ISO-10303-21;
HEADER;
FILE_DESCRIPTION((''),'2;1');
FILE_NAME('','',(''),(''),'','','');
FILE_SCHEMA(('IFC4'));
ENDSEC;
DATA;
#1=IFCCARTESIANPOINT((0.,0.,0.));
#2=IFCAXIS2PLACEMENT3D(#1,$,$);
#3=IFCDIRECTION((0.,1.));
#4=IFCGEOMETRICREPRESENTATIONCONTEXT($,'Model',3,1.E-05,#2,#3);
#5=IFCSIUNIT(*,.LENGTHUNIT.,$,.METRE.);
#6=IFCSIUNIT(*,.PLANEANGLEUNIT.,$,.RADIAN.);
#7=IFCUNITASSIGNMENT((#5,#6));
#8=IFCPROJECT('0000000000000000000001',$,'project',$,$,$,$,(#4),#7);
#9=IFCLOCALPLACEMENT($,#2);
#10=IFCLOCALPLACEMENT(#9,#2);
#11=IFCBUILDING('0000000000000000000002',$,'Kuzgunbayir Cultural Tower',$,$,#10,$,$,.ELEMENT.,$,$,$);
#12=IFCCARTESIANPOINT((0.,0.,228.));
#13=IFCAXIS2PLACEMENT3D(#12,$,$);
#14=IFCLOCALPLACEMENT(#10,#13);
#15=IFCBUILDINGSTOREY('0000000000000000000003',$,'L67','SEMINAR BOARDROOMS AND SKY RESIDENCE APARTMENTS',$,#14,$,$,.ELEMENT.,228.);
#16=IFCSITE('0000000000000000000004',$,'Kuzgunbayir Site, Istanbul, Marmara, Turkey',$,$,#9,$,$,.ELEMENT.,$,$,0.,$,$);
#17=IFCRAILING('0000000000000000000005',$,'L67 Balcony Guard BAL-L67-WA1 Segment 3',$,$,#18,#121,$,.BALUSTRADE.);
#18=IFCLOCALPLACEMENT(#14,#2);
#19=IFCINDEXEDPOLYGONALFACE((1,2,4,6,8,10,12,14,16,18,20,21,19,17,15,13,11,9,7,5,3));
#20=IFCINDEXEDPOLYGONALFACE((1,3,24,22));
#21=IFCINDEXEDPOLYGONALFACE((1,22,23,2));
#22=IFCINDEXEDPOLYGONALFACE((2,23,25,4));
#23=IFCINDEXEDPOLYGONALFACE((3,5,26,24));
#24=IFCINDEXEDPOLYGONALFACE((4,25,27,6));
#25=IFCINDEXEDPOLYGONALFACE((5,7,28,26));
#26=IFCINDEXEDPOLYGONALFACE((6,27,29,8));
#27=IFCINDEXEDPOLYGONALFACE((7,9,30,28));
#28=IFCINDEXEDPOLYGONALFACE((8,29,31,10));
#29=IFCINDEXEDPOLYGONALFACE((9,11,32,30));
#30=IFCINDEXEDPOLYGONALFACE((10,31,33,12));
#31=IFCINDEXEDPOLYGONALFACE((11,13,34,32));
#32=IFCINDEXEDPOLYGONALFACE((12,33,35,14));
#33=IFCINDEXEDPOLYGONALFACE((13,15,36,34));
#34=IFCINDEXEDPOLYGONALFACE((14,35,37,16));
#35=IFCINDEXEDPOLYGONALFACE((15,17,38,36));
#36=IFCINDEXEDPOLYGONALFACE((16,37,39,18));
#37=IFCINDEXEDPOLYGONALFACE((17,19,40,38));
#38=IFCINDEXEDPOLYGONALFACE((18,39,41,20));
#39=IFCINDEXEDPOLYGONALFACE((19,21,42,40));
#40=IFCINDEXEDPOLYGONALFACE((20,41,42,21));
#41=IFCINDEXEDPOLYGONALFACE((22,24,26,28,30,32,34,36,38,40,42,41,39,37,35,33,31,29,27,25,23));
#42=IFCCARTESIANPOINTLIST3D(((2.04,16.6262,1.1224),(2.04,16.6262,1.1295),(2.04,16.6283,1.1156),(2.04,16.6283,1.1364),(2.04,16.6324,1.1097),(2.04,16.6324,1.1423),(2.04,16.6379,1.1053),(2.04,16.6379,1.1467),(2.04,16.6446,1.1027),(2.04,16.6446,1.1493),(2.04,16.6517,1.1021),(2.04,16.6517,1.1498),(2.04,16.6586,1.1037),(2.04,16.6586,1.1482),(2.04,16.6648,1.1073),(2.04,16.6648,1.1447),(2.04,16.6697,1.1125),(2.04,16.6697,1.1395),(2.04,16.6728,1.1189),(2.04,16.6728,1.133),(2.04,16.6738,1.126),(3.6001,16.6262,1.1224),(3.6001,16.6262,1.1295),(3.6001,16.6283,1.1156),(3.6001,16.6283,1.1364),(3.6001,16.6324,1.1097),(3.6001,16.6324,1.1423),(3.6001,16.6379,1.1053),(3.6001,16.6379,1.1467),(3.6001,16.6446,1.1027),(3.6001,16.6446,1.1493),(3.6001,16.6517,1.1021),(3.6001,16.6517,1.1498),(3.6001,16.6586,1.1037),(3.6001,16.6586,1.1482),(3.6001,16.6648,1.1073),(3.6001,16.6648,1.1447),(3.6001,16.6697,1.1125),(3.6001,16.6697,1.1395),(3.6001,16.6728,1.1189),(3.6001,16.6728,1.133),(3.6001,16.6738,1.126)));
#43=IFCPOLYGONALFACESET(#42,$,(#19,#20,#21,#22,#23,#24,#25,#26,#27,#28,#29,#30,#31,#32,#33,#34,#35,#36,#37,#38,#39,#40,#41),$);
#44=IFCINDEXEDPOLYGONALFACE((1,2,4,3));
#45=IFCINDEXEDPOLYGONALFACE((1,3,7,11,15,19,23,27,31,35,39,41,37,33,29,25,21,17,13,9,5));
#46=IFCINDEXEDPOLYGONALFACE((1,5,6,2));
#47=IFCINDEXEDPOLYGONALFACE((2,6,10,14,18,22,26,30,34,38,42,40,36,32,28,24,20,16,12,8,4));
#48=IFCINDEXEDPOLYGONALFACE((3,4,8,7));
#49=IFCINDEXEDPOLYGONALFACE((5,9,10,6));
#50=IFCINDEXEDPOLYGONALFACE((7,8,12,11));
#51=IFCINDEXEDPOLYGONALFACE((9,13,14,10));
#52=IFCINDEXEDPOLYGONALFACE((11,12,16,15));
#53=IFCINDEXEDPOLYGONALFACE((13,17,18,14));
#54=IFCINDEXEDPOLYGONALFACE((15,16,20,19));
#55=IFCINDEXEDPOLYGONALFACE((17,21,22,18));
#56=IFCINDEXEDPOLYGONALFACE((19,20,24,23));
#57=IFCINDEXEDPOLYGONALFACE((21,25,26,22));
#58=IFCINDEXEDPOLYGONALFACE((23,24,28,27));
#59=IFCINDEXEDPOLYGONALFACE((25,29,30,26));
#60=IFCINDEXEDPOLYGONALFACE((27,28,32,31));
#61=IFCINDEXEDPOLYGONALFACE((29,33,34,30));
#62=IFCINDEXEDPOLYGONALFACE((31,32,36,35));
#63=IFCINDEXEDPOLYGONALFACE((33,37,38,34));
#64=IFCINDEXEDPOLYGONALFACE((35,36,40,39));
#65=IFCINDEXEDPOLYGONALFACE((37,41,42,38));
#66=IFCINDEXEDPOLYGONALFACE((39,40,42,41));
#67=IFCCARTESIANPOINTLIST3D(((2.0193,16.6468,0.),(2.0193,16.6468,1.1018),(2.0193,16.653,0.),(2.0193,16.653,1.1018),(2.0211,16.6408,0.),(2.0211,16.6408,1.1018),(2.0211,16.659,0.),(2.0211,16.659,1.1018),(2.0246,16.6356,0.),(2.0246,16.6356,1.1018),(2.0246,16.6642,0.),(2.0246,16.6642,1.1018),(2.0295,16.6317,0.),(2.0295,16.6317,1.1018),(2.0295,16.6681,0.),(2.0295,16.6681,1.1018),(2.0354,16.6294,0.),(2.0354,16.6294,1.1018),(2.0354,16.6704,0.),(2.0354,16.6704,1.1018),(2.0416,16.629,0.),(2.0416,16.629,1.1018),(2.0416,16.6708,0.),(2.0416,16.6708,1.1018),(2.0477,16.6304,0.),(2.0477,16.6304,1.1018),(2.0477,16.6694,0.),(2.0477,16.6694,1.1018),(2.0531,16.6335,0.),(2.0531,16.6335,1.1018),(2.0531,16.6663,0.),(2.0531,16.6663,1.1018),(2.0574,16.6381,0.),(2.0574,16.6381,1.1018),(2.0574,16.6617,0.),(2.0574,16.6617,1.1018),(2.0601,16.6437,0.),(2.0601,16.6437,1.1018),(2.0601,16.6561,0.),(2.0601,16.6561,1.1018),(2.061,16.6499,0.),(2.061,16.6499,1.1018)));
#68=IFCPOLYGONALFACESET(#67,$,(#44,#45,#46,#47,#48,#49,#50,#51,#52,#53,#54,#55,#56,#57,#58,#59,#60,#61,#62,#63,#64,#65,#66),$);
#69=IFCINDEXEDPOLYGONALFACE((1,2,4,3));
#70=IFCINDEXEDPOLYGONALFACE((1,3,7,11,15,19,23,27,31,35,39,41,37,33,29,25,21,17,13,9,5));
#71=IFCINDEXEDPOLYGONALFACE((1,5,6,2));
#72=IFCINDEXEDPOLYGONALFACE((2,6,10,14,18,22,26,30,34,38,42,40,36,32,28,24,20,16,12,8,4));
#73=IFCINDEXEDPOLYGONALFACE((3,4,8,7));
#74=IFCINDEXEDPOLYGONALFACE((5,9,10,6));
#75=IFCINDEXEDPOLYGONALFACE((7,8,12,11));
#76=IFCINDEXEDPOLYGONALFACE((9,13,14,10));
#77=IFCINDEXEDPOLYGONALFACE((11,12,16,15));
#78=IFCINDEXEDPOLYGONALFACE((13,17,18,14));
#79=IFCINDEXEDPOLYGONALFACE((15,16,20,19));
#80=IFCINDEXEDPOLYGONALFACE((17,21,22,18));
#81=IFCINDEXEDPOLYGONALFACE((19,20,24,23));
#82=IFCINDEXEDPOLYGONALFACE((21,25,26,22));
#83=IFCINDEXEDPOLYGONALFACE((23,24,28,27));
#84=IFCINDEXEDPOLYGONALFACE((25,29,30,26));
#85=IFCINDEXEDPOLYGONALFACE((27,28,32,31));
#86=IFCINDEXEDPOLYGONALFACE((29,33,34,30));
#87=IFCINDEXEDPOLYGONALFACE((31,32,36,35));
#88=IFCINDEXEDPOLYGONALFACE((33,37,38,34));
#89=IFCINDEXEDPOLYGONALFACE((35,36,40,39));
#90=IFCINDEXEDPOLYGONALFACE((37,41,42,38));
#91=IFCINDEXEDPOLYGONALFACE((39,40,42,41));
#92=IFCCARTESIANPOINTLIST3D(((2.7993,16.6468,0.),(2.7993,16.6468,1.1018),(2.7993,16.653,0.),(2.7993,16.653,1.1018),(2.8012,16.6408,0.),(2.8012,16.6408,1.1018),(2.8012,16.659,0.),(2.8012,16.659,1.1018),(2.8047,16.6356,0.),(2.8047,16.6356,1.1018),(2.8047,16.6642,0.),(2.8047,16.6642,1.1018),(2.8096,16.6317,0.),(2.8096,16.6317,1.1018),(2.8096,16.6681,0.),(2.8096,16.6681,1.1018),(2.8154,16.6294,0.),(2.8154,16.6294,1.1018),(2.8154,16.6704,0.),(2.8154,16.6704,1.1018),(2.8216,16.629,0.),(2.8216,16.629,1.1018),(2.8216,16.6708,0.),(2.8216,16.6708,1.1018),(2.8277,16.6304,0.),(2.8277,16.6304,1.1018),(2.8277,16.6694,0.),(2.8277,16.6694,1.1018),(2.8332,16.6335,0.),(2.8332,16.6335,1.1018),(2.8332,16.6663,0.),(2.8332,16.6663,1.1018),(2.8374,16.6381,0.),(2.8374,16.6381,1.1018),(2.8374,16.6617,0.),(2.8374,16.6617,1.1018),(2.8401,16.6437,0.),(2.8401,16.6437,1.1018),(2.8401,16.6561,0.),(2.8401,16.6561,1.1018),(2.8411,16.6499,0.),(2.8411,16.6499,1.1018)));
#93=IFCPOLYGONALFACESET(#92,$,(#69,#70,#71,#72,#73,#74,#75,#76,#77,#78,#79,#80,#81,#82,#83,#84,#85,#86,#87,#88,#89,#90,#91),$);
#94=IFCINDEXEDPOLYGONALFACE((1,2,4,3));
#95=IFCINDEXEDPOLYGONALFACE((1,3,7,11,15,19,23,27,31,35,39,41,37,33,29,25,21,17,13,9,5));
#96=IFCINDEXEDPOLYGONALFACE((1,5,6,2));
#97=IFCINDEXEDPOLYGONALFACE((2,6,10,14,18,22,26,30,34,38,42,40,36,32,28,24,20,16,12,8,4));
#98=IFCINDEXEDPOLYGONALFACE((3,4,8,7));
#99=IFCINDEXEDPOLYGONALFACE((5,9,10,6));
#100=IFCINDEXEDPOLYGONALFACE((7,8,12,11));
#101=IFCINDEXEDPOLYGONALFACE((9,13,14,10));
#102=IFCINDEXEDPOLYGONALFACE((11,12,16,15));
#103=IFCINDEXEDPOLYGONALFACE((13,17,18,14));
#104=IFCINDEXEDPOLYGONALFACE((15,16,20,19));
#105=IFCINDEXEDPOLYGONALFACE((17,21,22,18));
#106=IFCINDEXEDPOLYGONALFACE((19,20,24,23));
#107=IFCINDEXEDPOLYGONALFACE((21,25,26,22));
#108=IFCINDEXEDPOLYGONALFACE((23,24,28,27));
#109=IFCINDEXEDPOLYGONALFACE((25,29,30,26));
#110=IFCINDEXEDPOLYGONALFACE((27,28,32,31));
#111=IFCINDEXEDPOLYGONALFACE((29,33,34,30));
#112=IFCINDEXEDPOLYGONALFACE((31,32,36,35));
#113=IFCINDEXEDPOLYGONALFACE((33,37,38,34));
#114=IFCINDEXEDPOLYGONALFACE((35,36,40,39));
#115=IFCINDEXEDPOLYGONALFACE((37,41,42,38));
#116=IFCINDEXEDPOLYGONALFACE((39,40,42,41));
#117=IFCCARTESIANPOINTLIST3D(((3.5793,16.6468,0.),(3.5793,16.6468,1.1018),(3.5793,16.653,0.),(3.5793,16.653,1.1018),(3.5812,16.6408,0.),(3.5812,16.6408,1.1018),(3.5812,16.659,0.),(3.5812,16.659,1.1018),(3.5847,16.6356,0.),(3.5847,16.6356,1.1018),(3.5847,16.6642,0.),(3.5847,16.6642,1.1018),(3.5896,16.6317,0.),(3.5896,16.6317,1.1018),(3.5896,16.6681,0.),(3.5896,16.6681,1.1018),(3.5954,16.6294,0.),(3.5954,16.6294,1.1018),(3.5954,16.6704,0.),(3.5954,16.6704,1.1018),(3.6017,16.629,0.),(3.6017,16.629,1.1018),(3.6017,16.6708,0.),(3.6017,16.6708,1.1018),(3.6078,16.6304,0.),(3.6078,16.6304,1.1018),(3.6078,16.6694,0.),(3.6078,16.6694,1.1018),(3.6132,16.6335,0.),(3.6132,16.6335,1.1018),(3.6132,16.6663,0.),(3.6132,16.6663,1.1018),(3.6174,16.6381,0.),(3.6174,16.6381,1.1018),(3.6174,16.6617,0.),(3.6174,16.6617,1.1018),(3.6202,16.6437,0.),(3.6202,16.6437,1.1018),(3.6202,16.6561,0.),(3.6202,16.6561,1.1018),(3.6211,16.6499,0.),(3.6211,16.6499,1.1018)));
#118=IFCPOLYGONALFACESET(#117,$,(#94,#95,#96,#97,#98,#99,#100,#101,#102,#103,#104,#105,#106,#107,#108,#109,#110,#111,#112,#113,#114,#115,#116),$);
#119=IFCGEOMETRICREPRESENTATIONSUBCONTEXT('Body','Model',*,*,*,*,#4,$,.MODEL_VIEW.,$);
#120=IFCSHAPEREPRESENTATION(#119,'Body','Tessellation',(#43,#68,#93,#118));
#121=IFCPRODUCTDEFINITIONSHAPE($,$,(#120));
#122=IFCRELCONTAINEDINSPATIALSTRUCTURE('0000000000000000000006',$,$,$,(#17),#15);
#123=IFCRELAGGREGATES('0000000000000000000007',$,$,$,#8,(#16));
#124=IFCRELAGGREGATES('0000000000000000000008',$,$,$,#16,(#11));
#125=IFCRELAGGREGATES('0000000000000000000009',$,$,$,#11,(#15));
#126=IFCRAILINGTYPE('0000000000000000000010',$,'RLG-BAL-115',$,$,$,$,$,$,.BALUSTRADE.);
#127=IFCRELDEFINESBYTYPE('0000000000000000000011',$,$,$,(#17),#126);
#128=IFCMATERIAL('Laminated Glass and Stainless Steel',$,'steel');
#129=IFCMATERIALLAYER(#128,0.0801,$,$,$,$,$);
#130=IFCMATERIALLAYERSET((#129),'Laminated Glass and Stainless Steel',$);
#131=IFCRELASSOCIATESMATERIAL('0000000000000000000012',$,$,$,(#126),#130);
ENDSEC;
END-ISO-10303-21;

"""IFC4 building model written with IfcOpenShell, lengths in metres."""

from ifc_helpers import new_model, si_unit, direction, frame, origin, origin_2d, place, context, subcontext, project, spatial, circle, extrude, material, layer, layer_set, type_object, element, save


model = new_model("IFC4")

# Units and contexts
model_context = context("Model", 3, precision=1e-05, world=origin(), true_north=direction((0.0, 1.0)))
body_context = subcontext(model_context, "Body", "Model", "MODEL_VIEW")
ifc_project = project(units=[si_unit("LENGTHUNIT", "METRE"), si_unit("PLANEANGLEUNIT", "RADIAN")], contexts=[model_context])

# Site, building, storey
site_placement = place(None, origin())
site = spatial("IfcSite", under=ifc_project, at=site_placement, Name="Kuzgunbayir Site, Istanbul, Marmara, Turkey", CompositionType="ELEMENT", RefElevation=0.0)
building_placement = place(site_placement, origin())
building = spatial("IfcBuilding", under=site, at=building_placement, Name="Kuzgunbayir Cultural Tower", CompositionType="ELEMENT")
storey_placement = place(building_placement, frame((0.0, 0.0, 228.0)))
storey = spatial("IfcBuildingStorey", under=building, at=storey_placement, Name="L67", Description="SEMINAR BOARDROOMS AND SKY RESIDENCE APARTMENTS", CompositionType="ELEMENT", Elevation=228.0)

# Railing
ifc_material_1 = material(Name="Laminated Glass and Stainless Steel", Category="steel")
ifc_layer_1 = layer(ifc_material_1, 0.0801)
ifc_layer_set_1 = layer_set([ifc_layer_1], Name="Laminated Glass and Stainless Steel")
railing_type = type_object("IfcRailingType", Name="RLG-BAL-115", PredefinedType="BALUSTRADE", material=ifc_layer_set_1)
railing_1_placement = place(storey_placement, frame((2.04, 16.6499, 0.0)))
element("IfcRailing", 1, at=railing_1_placement, inside=storey, type_object=railing_type, Name="L67 Balcony Guard BAL-L67-WA1 Segment 3", PredefinedType="BALUSTRADE", context=body_context, shape_type="SweptSolid", body=[
    extrude(circle(Radius=0.0239, at=origin_2d()), frame((0.0, 0.0, 1.126), z_axis=(1.0, 0.0, 0.0), x_axis=(0.0, 1.0, 0.0)), (0.0, 0.0, 1.0), 1.5601),
    extrude(circle(Radius=0.021, at=origin_2d()), origin(), (0.0, 0.0, 1.0), 1.1018),
    extrude(circle(Radius=0.021, at=origin_2d()), frame((0.78, 0.0, 0.0)), (0.0, 0.0, 1.0), 1.1018),
    extrude(circle(Radius=0.021, at=origin_2d()), frame((1.5601, 0.0, 0.0)), (0.0, 0.0, 1.0), 1.1018),
])

save(model, "model.ifc")
